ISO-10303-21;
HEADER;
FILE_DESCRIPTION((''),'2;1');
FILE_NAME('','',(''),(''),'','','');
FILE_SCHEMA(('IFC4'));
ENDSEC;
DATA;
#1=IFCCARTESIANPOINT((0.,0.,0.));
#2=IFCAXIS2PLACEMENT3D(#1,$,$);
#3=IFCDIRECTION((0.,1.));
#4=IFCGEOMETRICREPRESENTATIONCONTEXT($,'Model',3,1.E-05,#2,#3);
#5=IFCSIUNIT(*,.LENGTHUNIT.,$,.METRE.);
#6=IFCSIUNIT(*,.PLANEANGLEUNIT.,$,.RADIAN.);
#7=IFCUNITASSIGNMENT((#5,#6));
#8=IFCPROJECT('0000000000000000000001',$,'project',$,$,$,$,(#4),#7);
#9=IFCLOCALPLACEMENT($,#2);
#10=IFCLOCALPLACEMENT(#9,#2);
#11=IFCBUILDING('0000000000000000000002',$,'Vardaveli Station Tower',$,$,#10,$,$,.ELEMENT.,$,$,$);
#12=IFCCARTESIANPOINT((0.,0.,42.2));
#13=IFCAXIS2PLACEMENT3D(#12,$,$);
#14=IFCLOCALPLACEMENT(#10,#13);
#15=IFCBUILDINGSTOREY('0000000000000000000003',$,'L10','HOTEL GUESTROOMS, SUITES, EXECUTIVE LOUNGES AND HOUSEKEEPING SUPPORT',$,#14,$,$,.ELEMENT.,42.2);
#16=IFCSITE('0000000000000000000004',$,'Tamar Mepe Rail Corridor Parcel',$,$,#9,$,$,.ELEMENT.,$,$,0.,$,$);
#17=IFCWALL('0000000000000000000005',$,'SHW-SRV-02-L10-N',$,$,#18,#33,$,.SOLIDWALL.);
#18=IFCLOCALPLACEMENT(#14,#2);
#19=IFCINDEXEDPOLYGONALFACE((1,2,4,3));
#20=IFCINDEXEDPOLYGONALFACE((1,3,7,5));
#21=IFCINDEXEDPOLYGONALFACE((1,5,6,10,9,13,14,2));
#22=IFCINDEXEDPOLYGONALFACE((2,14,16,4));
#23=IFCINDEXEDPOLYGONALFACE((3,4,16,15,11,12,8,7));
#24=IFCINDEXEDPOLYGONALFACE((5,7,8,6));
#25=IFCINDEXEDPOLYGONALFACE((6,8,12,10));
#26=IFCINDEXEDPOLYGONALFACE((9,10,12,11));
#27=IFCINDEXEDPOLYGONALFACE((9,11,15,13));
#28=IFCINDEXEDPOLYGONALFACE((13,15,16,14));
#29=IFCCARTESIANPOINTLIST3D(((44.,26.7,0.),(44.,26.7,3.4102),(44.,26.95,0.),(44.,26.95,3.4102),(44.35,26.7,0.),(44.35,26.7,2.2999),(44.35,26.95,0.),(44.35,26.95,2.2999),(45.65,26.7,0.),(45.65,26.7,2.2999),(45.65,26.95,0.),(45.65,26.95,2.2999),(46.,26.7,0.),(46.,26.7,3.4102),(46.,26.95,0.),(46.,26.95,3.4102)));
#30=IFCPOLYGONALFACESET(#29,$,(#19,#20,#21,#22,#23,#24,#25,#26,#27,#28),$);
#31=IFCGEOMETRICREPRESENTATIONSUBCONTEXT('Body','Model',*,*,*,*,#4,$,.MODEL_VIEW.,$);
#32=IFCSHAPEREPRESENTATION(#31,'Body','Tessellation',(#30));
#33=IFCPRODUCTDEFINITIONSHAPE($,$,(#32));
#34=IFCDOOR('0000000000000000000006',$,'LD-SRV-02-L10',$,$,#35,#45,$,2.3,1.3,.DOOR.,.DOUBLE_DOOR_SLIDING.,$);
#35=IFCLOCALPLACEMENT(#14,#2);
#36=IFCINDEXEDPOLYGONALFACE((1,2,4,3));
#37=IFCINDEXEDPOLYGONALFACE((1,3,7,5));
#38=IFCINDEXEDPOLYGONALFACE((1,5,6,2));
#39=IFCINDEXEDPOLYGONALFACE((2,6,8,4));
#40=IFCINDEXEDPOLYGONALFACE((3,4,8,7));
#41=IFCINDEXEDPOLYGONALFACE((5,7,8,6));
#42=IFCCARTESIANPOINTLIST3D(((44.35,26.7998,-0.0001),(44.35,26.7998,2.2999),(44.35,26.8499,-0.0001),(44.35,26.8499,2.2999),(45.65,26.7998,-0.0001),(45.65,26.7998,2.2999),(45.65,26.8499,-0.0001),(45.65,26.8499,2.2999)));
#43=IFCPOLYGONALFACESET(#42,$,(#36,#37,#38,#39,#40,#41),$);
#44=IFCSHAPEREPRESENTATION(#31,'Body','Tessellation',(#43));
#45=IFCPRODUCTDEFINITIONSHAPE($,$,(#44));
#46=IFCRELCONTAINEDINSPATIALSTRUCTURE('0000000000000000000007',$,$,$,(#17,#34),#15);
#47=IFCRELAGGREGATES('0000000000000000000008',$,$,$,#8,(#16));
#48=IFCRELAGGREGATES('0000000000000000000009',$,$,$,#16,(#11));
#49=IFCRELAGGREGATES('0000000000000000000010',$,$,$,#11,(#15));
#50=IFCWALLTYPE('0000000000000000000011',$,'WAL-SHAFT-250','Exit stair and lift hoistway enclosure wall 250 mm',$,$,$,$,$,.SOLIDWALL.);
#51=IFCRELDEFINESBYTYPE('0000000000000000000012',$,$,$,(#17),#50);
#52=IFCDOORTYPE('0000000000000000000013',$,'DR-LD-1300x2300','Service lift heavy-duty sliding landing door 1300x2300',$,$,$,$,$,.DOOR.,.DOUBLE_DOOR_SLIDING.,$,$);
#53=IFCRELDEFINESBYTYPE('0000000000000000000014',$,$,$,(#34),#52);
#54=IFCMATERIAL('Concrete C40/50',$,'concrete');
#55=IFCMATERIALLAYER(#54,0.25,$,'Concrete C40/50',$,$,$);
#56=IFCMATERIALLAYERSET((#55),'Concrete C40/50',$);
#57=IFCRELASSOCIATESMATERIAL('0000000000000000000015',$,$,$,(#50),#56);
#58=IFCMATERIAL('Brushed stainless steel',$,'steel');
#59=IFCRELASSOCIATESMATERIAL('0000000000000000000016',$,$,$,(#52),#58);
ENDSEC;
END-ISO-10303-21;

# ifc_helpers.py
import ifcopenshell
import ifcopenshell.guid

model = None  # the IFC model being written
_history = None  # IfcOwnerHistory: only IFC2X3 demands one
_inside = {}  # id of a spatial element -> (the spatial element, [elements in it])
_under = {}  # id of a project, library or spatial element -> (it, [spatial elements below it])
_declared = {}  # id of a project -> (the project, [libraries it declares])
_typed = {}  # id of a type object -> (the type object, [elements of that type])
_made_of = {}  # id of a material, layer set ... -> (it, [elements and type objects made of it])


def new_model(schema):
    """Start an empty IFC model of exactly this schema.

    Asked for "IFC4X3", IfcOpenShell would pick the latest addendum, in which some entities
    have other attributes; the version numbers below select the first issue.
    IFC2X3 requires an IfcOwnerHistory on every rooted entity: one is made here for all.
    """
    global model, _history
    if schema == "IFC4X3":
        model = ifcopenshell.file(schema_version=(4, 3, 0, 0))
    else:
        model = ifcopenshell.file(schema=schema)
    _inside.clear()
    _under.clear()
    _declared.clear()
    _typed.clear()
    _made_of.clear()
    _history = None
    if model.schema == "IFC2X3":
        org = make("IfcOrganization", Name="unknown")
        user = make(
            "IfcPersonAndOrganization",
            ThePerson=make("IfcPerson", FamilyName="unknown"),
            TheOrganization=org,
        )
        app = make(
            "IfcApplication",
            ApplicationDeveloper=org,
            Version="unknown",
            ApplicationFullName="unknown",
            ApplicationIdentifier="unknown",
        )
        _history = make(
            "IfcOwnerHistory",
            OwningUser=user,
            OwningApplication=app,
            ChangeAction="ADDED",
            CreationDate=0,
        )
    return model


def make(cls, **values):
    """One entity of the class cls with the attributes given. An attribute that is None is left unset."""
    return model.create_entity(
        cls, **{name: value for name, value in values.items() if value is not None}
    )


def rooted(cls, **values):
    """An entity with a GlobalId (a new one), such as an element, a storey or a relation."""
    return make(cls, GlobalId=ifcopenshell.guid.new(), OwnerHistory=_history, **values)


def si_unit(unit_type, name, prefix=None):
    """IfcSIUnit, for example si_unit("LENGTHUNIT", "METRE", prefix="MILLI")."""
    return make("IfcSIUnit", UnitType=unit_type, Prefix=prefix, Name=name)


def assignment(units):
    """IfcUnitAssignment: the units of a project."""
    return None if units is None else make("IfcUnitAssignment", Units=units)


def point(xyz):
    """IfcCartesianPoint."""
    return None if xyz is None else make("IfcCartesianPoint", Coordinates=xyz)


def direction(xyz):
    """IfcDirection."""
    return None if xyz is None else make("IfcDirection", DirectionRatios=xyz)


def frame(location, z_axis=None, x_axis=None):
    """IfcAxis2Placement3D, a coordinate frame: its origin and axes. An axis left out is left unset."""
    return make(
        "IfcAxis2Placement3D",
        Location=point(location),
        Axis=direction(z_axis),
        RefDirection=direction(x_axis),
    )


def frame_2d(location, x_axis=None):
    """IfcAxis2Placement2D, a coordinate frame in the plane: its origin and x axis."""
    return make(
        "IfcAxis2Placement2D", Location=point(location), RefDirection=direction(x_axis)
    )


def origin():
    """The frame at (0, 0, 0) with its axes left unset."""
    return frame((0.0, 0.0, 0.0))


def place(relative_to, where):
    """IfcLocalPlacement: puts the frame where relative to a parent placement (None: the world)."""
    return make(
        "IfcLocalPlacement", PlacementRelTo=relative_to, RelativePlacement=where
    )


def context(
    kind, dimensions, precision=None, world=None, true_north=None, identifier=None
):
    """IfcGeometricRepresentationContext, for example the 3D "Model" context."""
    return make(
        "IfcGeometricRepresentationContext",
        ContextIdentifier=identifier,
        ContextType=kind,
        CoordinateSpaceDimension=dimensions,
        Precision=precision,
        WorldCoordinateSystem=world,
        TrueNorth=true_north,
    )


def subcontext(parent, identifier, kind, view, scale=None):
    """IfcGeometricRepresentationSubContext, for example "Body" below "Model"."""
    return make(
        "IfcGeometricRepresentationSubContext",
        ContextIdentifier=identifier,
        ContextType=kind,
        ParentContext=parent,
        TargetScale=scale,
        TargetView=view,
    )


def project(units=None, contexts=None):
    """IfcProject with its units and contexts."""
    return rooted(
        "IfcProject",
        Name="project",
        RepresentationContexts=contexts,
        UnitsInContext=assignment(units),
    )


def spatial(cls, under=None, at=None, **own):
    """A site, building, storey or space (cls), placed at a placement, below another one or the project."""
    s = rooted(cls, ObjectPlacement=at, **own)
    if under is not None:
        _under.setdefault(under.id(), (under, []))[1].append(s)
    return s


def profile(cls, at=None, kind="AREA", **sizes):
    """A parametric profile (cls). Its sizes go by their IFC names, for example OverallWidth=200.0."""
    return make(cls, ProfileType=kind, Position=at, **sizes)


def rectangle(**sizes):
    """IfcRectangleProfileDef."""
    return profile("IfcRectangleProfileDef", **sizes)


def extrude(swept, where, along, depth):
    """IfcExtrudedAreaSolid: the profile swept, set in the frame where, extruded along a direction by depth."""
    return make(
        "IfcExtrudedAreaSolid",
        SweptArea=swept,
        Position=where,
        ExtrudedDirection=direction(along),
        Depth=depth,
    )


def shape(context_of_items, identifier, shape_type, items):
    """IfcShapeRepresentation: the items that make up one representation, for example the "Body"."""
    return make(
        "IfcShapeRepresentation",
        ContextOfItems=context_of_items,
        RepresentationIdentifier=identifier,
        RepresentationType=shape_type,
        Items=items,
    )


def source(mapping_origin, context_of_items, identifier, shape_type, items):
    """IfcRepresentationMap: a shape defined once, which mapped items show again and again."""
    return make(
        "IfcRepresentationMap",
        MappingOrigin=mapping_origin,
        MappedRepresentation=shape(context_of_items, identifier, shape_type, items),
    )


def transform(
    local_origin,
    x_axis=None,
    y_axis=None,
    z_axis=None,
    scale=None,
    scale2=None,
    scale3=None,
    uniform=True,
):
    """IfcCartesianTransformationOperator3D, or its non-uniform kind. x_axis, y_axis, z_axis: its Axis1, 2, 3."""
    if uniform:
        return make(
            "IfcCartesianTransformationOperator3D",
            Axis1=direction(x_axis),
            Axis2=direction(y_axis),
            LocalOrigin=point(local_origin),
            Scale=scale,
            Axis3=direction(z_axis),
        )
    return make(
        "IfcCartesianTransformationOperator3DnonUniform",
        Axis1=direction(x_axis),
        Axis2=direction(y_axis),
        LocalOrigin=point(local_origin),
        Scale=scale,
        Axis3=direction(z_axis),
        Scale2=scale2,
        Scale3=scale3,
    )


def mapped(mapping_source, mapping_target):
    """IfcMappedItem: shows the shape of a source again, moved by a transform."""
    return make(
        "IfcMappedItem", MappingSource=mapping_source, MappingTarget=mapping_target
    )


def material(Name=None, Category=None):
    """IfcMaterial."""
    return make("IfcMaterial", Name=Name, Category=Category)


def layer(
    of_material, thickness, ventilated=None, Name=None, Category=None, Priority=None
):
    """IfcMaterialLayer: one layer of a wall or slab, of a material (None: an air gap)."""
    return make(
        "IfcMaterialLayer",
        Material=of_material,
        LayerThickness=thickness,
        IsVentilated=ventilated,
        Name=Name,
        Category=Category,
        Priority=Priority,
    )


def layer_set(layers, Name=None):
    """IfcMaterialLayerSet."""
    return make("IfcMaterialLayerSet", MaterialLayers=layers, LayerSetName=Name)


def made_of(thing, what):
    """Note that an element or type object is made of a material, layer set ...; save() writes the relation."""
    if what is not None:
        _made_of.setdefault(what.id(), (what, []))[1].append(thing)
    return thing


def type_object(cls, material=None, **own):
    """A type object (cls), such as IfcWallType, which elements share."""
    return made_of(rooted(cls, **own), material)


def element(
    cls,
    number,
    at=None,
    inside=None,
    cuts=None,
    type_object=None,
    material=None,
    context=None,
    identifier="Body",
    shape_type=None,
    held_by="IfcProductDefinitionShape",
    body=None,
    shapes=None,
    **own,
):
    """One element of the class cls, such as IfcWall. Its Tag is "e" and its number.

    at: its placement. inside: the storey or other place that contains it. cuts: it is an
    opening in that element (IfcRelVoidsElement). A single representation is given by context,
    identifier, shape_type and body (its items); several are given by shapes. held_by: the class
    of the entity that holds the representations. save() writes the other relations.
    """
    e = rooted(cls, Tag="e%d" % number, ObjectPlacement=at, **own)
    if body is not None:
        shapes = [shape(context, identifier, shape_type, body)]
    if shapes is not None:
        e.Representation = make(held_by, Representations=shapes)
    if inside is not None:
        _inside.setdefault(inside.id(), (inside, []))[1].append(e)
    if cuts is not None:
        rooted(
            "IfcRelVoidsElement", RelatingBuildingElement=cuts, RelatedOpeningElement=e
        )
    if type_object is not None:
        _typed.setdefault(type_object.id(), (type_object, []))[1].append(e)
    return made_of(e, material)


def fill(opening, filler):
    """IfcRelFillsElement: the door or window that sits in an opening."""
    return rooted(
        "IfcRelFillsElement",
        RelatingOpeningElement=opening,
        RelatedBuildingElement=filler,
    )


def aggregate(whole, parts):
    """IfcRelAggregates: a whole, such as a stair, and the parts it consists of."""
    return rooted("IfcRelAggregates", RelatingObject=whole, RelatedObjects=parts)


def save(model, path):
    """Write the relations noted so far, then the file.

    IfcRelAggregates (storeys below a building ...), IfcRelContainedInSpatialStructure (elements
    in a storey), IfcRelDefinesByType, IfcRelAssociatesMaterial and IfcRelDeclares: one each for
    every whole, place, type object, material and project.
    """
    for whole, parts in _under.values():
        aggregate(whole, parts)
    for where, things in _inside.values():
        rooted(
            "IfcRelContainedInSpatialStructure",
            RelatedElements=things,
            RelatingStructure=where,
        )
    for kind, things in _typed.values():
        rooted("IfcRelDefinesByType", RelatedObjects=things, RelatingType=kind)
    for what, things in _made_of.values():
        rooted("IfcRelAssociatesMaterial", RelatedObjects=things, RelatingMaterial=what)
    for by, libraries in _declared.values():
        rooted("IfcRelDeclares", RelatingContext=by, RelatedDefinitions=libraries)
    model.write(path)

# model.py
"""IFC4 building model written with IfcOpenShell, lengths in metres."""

from ifc_helpers import new_model, si_unit, direction, frame, frame_2d, origin, place, context, subcontext, project, spatial, rectangle, extrude, source, transform, mapped, material, layer, layer_set, type_object, element, fill, save


model = new_model("IFC4")

# Units and contexts
model_context = context("Model", 3, precision=1e-05, world=origin(), true_north=direction((0.0, 1.0)))
body_context = subcontext(model_context, "Body", "Model", "MODEL_VIEW")
ifc_project = project(units=[si_unit("LENGTHUNIT", "METRE"), si_unit("PLANEANGLEUNIT", "RADIAN")], contexts=[model_context])

# Site, building, storey
site_placement = place(None, origin())
site = spatial("IfcSite", under=ifc_project, at=site_placement, Name="Tamar Mepe Rail Corridor Parcel", CompositionType="ELEMENT", RefElevation=0.0)
building_placement = place(site_placement, origin())
building = spatial("IfcBuilding", under=site, at=building_placement, Name="Vardaveli Station Tower", CompositionType="ELEMENT")
storey_placement = place(building_placement, frame((0.0, 0.0, 42.2)))
storey = spatial("IfcBuildingStorey", under=building, at=storey_placement, Name="L10", Description="HOTEL GUESTROOMS, SUITES, EXECUTIVE LOUNGES AND HOUSEKEEPING SUPPORT", CompositionType="ELEMENT", Elevation=42.2)

# Shared definitions
ifc_material_1 = material(Name="Concrete C40/50", Category="concrete")
ifc_layer_1 = layer(ifc_material_1, 0.25, Name="Concrete C40/50")
ifc_layer_set_1 = layer_set([ifc_layer_1], Name="Concrete C40/50")
wall_type_1 = type_object("IfcWallType", Name="WAL-SHAFT-250", Description="Exit stair and lift hoistway enclosure wall 250 mm", PredefinedType="SOLIDWALL", material=ifc_layer_set_1)
shared_shape_1 = source(origin(), body_context, "Body", "SweptSolid", [
    extrude(rectangle(XDim=1.3, YDim=2.3, at=frame_2d((0.6499, 1.1499))), frame((0.0, 0.135, 0.0), z_axis=(0.0, -1.0, 0.0), x_axis=(1.0, 0.0, 0.0)), (0.0, 0.0, 1.0), 0.27),
])
ifc_material_2 = material(Name="Brushed stainless steel", Category="steel")
door_type = type_object("IfcDoorType", Name="DR-LD-1300x2300", Description="Service lift heavy-duty sliding landing door 1300x2300", OperationType="DOUBLE_DOOR_SLIDING", PredefinedType="DOOR", material=ifc_material_2)
shared_shape_2 = source(origin(), body_context, "Body", "SweptSolid", [
    extrude(rectangle(XDim=1.3, YDim=2.3, at=frame_2d((0.6499, 1.1499))), frame((0.0, 0.0249, 0.0), z_axis=(0.0, -1.0, 0.0), x_axis=(1.0, 0.0, 0.0)), (0.0, 0.0, 1.0), 0.05),
])

# Shared definitions
shared_shape_3 = source(origin(), body_context, "Body", "SweptSolid", [
    extrude(rectangle(XDim=2.0, YDim=0.25, at=frame_2d((1.0, 0.0))), origin(), (0.0, 0.0, 1.0), 3.4102),
])

# Wall, opening, door
wall_1_placement = place(storey_placement, frame((44.0, 26.825, 0.0), z_axis=(0.0, 0.0, 1.0), x_axis=(1.0, 0.0, 0.0)))
wall_1 = element("IfcWall", 1, at=wall_1_placement, inside=storey, type_object=wall_type_1, Name="SHW-SRV-02-L10-N", PredefinedType="SOLIDWALL", context=body_context, shape_type="MappedRepresentation", body=[
    mapped(shared_shape_3, transform((0.0, 0.0, 0.0), scale=1.0)),
])
opening_1_placement = place(wall_1_placement, frame((0.3501, 0.0, 0.0)))
opening_1 = element("IfcOpeningElement", 2, at=opening_1_placement, cuts=wall_1, PredefinedType="OPENING", context=body_context, shape_type="MappedRepresentation", body=[
    mapped(shared_shape_1, transform((0.0, 0.0, 0.0), scale=1.0)),
])
door_1_placement = place(opening_1_placement, origin())
door_1 = element("IfcDoor", 3, at=door_1_placement, inside=storey, type_object=door_type, Name="LD-SRV-02-L10", OperationType="DOUBLE_DOOR_SLIDING", OverallHeight=2.3, OverallWidth=1.3, PredefinedType="DOOR", context=body_context, shape_type="MappedRepresentation", body=[
    mapped(shared_shape_2, transform((0.0, 0.0, 0.0), scale=1.0)),
])
fill(opening_1, door_1)

save(model, "model.ifc")
